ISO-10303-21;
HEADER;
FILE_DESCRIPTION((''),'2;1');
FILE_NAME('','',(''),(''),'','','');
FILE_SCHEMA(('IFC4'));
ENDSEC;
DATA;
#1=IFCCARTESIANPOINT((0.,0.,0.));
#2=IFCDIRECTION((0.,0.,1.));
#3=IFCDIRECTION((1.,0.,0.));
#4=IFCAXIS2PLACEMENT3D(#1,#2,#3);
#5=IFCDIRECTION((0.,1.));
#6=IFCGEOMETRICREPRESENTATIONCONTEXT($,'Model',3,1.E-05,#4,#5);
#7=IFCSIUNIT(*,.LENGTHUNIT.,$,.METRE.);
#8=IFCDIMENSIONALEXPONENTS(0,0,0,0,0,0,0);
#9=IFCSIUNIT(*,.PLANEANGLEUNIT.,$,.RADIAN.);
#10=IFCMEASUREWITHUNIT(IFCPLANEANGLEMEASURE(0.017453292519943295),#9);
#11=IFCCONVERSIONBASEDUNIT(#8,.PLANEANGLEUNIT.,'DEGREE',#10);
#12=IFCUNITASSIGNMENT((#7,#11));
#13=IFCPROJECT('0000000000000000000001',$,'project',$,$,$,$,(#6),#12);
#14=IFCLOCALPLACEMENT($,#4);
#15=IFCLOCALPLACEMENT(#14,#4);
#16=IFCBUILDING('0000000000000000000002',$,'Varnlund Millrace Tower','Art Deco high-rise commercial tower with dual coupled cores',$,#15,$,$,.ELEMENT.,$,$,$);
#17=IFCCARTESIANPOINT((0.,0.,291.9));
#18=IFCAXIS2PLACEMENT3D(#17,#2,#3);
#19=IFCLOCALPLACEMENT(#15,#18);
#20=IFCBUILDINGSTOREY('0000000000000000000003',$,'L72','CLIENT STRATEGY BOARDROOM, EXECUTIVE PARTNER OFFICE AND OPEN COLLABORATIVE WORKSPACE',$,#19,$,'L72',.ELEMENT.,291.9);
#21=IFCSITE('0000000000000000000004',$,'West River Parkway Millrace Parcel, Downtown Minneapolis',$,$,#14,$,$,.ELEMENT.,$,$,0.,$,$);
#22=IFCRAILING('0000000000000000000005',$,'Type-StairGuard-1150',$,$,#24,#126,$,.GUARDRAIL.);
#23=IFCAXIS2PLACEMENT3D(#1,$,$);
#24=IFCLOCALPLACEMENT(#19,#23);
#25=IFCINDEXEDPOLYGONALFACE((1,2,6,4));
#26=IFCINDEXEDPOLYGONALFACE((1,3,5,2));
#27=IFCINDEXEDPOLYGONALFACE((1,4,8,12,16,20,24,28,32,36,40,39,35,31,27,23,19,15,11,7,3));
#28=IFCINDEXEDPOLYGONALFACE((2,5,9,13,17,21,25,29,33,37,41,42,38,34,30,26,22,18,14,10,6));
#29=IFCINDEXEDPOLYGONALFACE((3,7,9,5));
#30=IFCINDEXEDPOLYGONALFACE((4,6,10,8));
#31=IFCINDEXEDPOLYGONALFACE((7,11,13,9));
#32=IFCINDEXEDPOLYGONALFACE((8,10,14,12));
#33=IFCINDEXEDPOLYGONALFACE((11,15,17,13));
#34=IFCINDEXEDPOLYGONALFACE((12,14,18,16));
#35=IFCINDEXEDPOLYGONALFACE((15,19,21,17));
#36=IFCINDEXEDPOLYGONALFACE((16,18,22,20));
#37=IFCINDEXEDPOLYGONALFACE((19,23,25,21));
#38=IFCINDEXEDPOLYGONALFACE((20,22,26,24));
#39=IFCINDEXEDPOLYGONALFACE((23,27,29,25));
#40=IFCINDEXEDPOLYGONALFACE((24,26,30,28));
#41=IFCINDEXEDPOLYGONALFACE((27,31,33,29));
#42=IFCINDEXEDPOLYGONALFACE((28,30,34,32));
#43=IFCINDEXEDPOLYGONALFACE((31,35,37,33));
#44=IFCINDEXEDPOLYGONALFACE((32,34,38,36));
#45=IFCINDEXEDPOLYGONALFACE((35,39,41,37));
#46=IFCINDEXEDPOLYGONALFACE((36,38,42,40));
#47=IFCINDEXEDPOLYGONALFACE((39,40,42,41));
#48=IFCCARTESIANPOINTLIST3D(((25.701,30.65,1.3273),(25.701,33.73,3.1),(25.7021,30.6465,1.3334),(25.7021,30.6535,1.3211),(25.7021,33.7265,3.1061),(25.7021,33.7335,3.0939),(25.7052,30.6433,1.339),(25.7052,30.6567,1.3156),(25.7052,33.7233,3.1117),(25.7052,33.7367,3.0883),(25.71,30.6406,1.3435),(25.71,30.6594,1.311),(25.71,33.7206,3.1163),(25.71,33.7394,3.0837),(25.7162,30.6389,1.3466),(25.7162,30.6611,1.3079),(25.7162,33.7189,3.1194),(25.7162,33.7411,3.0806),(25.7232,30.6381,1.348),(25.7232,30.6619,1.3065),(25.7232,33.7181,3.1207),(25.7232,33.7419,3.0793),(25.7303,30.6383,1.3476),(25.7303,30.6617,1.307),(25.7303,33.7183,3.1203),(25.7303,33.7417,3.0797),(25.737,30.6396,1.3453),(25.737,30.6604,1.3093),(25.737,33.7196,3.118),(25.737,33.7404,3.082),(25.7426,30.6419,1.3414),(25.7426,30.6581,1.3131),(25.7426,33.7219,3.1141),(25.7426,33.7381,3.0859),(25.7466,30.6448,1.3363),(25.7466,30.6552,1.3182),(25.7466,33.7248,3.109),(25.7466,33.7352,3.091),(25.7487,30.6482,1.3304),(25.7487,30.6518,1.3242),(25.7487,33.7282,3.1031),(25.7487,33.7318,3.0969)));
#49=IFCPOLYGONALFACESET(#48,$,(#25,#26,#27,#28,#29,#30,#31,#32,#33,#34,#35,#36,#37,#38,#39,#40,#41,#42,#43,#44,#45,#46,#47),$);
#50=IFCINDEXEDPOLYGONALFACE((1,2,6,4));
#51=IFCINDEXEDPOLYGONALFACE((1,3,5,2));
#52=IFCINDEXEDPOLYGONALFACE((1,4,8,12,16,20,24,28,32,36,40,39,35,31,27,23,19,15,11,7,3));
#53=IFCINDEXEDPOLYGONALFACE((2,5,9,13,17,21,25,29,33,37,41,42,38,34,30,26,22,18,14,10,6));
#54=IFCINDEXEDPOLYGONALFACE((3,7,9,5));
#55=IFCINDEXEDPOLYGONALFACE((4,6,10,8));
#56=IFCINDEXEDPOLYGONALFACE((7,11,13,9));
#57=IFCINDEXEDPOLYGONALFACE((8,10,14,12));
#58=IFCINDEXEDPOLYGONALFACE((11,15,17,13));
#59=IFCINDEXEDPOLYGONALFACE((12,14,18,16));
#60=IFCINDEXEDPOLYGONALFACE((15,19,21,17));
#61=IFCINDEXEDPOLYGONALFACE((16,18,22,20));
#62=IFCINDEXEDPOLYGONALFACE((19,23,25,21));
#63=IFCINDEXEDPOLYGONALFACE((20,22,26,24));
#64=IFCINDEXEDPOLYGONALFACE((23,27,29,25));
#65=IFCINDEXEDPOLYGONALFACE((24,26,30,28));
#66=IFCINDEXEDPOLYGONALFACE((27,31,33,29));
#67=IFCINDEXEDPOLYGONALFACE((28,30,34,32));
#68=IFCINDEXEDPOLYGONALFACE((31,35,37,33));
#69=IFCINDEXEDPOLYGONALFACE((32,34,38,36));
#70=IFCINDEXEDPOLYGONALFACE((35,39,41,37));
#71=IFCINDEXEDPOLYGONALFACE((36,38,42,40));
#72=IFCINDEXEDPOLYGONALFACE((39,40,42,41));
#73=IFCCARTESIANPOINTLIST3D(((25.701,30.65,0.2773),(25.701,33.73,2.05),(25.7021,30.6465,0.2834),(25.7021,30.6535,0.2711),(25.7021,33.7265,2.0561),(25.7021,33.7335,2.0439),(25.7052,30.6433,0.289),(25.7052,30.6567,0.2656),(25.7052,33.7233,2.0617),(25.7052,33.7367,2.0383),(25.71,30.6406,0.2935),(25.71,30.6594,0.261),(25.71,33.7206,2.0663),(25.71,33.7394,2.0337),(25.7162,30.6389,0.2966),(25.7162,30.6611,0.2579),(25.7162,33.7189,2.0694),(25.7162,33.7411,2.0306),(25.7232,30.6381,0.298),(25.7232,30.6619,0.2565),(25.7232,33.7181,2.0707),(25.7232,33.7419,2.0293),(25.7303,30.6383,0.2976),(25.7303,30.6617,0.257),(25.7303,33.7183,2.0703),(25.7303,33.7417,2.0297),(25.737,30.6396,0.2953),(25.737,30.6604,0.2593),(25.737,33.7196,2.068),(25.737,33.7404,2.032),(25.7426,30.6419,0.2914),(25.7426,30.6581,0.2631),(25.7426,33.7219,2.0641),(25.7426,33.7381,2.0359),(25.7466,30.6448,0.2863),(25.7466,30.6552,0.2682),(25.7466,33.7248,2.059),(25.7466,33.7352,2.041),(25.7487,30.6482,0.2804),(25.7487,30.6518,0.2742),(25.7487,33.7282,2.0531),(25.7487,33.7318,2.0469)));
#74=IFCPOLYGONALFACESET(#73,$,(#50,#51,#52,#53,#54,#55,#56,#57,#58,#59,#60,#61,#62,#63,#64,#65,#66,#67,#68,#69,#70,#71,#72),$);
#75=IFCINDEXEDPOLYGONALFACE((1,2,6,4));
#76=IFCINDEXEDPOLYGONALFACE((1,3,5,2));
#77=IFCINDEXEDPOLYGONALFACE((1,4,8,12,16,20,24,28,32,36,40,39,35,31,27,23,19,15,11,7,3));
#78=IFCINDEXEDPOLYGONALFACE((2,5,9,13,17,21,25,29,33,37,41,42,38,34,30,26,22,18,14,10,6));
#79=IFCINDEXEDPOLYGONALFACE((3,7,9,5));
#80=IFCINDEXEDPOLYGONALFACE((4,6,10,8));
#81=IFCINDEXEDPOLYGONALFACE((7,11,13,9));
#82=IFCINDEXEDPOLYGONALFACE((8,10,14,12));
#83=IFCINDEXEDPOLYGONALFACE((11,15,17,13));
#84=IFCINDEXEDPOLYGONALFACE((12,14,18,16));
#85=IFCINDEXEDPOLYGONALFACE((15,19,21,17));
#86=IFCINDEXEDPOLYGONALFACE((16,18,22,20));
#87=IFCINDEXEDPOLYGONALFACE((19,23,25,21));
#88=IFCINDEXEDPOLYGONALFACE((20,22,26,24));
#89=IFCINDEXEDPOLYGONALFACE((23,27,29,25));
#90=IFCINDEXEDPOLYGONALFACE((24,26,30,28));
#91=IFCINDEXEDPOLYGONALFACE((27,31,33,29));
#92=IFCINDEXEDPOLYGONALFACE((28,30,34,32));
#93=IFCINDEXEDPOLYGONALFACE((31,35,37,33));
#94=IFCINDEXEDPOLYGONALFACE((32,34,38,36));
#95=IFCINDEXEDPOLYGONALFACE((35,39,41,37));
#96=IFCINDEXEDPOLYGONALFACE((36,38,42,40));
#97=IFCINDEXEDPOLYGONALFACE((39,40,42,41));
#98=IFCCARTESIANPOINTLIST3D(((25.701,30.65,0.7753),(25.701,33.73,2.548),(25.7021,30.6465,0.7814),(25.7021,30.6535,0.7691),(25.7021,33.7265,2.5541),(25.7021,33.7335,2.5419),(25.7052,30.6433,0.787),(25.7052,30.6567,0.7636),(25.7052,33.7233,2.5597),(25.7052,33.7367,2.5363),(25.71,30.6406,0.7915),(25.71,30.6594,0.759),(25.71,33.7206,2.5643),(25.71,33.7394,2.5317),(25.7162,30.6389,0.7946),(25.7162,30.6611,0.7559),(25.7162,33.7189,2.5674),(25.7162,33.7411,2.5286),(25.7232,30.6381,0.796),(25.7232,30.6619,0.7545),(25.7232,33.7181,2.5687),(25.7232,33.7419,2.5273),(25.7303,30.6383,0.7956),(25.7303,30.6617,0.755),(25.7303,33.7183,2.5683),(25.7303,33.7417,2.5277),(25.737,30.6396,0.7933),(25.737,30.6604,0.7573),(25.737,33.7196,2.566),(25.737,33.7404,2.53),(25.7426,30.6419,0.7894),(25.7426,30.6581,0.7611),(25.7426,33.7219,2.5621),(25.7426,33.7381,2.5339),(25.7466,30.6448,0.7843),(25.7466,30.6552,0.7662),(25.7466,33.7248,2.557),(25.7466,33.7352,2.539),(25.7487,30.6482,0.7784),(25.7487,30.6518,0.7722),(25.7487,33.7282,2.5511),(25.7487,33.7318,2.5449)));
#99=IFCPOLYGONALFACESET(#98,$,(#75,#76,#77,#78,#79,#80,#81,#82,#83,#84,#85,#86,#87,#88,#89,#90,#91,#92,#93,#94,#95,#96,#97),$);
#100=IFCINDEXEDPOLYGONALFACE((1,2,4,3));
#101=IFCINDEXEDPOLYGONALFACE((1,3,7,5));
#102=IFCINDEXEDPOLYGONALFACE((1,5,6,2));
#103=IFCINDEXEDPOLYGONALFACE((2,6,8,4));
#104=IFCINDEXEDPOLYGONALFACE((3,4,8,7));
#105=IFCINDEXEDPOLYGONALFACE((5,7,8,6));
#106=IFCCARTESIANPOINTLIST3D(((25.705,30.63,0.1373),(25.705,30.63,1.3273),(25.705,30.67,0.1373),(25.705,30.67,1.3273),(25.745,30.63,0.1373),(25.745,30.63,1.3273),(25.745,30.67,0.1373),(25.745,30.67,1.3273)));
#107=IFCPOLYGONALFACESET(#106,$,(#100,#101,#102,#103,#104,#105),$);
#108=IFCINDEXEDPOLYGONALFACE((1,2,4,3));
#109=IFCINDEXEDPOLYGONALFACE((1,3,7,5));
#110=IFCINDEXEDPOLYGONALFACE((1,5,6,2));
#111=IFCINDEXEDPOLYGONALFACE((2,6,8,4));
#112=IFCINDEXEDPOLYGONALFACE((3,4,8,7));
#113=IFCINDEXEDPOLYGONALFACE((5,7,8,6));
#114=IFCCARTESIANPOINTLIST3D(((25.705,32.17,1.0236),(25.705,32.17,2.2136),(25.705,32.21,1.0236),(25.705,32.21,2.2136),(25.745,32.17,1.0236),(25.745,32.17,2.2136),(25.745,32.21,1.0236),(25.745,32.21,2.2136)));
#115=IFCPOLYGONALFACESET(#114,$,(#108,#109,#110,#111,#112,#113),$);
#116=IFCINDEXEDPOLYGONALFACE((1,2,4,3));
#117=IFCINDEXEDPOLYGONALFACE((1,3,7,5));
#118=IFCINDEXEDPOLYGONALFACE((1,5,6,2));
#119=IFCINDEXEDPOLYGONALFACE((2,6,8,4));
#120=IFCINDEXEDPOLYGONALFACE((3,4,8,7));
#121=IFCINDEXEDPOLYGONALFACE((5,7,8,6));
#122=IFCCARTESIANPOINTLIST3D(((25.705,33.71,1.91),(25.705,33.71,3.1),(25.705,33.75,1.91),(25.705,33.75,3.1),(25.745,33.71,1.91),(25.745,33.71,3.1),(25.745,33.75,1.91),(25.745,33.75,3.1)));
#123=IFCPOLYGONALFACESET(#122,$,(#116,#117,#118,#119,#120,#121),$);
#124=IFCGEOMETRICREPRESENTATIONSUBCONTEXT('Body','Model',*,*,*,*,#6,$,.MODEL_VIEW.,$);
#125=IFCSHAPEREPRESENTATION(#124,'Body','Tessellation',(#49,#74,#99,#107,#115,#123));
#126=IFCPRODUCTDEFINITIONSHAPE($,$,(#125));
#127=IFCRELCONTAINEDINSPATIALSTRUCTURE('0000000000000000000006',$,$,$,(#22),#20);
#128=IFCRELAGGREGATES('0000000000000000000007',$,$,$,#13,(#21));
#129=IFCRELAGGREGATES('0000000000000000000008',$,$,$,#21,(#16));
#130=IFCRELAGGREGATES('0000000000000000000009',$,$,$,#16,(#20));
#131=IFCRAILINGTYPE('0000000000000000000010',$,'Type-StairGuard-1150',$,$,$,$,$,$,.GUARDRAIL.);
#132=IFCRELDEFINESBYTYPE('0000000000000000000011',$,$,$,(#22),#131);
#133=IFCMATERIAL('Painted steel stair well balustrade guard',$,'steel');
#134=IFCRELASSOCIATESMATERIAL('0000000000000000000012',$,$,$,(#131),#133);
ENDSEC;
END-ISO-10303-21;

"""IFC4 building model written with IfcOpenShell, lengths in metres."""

from ifc_helpers import new_model, entity, si_unit, converted_unit, direction, frame, origin_with_axes, origin_2d_with_axis, place, context, subcontext, project, spatial, rectangle, circle, extrude, material, type_object, element, save


model = new_model("IFC4")

# Units and contexts
model_context = context("Model", 3, precision=1e-05, world=origin_with_axes(), true_north=direction((0.0, 1.0)))
body_context = subcontext(model_context, "Body", "Model", "MODEL_VIEW")
ifc_project = project(units=[si_unit("LENGTHUNIT", "METRE"), converted_unit("PLANEANGLEUNIT", "DEGREE", entity("IfcPlaneAngleMeasure", 0.017453292519943295), si_unit("PLANEANGLEUNIT", "RADIAN"), dimensions=[0, 0, 0, 0, 0, 0, 0])], contexts=[model_context])

# Site, building, storey
site_placement = place(None, origin_with_axes())
site = spatial("IfcSite", under=ifc_project, at=site_placement, Name="West River Parkway Millrace Parcel, Downtown Minneapolis", CompositionType="ELEMENT", RefElevation=0.0)
building_placement = place(site_placement, origin_with_axes())
building = spatial("IfcBuilding", under=site, at=building_placement, Name="Varnlund Millrace Tower", Description="Art Deco high-rise commercial tower with dual coupled cores", CompositionType="ELEMENT")
storey_placement = place(building_placement, frame((0.0, 0.0, 291.9), z_axis=(0.0, 0.0, 1.0), x_axis=(1.0, 0.0, 0.0)))
storey = spatial("IfcBuildingStorey", under=building, at=storey_placement, Name="L72", Description="CLIENT STRATEGY BOARDROOM, EXECUTIVE PARTNER OFFICE AND OPEN COLLABORATIVE WORKSPACE", LongName="L72", CompositionType="ELEMENT", Elevation=291.9)

# Railing
ifc_material_1 = material(Name="Painted steel stair well balustrade guard", Category="steel")
railing_type_1 = type_object("IfcRailingType", Name="Type-StairGuard-1150", PredefinedType="GUARDRAIL", material=ifc_material_1)
railing_1_placement = place(storey_placement, frame((0.0, 0.0, -291.9), z_axis=(0.0, 0.0, 1.0), x_axis=(1.0, 0.0, 0.0)))
element("IfcRailing", 1, at=railing_1_placement, inside=storey, type_object=railing_type_1, Name="Type-StairGuard-1150", PredefinedType="GUARDRAIL", context=body_context, shape_type="SweptSolid", body=[
    extrude(circle(Radius=0.024, at=origin_2d_with_axis()), frame((25.725, 30.65, 293.2273), z_axis=(0.0, 0.866696, 0.498836), x_axis=(-1.0, 0.0, 0.0)), (0.0, 0.0, 1.0), 3.5537),
    extrude(circle(Radius=0.024, at=origin_2d_with_axis()), frame((25.725, 30.65, 292.1773), z_axis=(0.0, 0.866696, 0.498836), x_axis=(-1.0, 0.0, 0.0)), (0.0, 0.0, 1.0), 3.5537),
    extrude(circle(Radius=0.024, at=origin_2d_with_axis()), frame((25.725, 30.65, 292.6753), z_axis=(0.0, 0.866696, 0.498836), x_axis=(-1.0, 0.0, 0.0)), (0.0, 0.0, 1.0), 3.5537),
    extrude(rectangle(XDim=0.04, YDim=0.04, at=origin_2d_with_axis()), frame((25.725, 30.65, 292.0373), z_axis=(0.0, 0.0, 1.0), x_axis=(1.0, 0.0, 0.0)), (0.0, 0.0, 1.0), 1.19),
    extrude(rectangle(XDim=0.04, YDim=0.04, at=origin_2d_with_axis()), frame((25.725, 32.19, 292.9236), z_axis=(0.0, 0.0, 1.0), x_axis=(1.0, 0.0, 0.0)), (0.0, 0.0, 1.0), 1.19),
    extrude(rectangle(XDim=0.04, YDim=0.04, at=origin_2d_with_axis()), frame((25.725, 33.73, 293.81), z_axis=(0.0, 0.0, 1.0), x_axis=(1.0, 0.0, 0.0)), (0.0, 0.0, 1.0), 1.19),
])

save(model, "model.ifc")
